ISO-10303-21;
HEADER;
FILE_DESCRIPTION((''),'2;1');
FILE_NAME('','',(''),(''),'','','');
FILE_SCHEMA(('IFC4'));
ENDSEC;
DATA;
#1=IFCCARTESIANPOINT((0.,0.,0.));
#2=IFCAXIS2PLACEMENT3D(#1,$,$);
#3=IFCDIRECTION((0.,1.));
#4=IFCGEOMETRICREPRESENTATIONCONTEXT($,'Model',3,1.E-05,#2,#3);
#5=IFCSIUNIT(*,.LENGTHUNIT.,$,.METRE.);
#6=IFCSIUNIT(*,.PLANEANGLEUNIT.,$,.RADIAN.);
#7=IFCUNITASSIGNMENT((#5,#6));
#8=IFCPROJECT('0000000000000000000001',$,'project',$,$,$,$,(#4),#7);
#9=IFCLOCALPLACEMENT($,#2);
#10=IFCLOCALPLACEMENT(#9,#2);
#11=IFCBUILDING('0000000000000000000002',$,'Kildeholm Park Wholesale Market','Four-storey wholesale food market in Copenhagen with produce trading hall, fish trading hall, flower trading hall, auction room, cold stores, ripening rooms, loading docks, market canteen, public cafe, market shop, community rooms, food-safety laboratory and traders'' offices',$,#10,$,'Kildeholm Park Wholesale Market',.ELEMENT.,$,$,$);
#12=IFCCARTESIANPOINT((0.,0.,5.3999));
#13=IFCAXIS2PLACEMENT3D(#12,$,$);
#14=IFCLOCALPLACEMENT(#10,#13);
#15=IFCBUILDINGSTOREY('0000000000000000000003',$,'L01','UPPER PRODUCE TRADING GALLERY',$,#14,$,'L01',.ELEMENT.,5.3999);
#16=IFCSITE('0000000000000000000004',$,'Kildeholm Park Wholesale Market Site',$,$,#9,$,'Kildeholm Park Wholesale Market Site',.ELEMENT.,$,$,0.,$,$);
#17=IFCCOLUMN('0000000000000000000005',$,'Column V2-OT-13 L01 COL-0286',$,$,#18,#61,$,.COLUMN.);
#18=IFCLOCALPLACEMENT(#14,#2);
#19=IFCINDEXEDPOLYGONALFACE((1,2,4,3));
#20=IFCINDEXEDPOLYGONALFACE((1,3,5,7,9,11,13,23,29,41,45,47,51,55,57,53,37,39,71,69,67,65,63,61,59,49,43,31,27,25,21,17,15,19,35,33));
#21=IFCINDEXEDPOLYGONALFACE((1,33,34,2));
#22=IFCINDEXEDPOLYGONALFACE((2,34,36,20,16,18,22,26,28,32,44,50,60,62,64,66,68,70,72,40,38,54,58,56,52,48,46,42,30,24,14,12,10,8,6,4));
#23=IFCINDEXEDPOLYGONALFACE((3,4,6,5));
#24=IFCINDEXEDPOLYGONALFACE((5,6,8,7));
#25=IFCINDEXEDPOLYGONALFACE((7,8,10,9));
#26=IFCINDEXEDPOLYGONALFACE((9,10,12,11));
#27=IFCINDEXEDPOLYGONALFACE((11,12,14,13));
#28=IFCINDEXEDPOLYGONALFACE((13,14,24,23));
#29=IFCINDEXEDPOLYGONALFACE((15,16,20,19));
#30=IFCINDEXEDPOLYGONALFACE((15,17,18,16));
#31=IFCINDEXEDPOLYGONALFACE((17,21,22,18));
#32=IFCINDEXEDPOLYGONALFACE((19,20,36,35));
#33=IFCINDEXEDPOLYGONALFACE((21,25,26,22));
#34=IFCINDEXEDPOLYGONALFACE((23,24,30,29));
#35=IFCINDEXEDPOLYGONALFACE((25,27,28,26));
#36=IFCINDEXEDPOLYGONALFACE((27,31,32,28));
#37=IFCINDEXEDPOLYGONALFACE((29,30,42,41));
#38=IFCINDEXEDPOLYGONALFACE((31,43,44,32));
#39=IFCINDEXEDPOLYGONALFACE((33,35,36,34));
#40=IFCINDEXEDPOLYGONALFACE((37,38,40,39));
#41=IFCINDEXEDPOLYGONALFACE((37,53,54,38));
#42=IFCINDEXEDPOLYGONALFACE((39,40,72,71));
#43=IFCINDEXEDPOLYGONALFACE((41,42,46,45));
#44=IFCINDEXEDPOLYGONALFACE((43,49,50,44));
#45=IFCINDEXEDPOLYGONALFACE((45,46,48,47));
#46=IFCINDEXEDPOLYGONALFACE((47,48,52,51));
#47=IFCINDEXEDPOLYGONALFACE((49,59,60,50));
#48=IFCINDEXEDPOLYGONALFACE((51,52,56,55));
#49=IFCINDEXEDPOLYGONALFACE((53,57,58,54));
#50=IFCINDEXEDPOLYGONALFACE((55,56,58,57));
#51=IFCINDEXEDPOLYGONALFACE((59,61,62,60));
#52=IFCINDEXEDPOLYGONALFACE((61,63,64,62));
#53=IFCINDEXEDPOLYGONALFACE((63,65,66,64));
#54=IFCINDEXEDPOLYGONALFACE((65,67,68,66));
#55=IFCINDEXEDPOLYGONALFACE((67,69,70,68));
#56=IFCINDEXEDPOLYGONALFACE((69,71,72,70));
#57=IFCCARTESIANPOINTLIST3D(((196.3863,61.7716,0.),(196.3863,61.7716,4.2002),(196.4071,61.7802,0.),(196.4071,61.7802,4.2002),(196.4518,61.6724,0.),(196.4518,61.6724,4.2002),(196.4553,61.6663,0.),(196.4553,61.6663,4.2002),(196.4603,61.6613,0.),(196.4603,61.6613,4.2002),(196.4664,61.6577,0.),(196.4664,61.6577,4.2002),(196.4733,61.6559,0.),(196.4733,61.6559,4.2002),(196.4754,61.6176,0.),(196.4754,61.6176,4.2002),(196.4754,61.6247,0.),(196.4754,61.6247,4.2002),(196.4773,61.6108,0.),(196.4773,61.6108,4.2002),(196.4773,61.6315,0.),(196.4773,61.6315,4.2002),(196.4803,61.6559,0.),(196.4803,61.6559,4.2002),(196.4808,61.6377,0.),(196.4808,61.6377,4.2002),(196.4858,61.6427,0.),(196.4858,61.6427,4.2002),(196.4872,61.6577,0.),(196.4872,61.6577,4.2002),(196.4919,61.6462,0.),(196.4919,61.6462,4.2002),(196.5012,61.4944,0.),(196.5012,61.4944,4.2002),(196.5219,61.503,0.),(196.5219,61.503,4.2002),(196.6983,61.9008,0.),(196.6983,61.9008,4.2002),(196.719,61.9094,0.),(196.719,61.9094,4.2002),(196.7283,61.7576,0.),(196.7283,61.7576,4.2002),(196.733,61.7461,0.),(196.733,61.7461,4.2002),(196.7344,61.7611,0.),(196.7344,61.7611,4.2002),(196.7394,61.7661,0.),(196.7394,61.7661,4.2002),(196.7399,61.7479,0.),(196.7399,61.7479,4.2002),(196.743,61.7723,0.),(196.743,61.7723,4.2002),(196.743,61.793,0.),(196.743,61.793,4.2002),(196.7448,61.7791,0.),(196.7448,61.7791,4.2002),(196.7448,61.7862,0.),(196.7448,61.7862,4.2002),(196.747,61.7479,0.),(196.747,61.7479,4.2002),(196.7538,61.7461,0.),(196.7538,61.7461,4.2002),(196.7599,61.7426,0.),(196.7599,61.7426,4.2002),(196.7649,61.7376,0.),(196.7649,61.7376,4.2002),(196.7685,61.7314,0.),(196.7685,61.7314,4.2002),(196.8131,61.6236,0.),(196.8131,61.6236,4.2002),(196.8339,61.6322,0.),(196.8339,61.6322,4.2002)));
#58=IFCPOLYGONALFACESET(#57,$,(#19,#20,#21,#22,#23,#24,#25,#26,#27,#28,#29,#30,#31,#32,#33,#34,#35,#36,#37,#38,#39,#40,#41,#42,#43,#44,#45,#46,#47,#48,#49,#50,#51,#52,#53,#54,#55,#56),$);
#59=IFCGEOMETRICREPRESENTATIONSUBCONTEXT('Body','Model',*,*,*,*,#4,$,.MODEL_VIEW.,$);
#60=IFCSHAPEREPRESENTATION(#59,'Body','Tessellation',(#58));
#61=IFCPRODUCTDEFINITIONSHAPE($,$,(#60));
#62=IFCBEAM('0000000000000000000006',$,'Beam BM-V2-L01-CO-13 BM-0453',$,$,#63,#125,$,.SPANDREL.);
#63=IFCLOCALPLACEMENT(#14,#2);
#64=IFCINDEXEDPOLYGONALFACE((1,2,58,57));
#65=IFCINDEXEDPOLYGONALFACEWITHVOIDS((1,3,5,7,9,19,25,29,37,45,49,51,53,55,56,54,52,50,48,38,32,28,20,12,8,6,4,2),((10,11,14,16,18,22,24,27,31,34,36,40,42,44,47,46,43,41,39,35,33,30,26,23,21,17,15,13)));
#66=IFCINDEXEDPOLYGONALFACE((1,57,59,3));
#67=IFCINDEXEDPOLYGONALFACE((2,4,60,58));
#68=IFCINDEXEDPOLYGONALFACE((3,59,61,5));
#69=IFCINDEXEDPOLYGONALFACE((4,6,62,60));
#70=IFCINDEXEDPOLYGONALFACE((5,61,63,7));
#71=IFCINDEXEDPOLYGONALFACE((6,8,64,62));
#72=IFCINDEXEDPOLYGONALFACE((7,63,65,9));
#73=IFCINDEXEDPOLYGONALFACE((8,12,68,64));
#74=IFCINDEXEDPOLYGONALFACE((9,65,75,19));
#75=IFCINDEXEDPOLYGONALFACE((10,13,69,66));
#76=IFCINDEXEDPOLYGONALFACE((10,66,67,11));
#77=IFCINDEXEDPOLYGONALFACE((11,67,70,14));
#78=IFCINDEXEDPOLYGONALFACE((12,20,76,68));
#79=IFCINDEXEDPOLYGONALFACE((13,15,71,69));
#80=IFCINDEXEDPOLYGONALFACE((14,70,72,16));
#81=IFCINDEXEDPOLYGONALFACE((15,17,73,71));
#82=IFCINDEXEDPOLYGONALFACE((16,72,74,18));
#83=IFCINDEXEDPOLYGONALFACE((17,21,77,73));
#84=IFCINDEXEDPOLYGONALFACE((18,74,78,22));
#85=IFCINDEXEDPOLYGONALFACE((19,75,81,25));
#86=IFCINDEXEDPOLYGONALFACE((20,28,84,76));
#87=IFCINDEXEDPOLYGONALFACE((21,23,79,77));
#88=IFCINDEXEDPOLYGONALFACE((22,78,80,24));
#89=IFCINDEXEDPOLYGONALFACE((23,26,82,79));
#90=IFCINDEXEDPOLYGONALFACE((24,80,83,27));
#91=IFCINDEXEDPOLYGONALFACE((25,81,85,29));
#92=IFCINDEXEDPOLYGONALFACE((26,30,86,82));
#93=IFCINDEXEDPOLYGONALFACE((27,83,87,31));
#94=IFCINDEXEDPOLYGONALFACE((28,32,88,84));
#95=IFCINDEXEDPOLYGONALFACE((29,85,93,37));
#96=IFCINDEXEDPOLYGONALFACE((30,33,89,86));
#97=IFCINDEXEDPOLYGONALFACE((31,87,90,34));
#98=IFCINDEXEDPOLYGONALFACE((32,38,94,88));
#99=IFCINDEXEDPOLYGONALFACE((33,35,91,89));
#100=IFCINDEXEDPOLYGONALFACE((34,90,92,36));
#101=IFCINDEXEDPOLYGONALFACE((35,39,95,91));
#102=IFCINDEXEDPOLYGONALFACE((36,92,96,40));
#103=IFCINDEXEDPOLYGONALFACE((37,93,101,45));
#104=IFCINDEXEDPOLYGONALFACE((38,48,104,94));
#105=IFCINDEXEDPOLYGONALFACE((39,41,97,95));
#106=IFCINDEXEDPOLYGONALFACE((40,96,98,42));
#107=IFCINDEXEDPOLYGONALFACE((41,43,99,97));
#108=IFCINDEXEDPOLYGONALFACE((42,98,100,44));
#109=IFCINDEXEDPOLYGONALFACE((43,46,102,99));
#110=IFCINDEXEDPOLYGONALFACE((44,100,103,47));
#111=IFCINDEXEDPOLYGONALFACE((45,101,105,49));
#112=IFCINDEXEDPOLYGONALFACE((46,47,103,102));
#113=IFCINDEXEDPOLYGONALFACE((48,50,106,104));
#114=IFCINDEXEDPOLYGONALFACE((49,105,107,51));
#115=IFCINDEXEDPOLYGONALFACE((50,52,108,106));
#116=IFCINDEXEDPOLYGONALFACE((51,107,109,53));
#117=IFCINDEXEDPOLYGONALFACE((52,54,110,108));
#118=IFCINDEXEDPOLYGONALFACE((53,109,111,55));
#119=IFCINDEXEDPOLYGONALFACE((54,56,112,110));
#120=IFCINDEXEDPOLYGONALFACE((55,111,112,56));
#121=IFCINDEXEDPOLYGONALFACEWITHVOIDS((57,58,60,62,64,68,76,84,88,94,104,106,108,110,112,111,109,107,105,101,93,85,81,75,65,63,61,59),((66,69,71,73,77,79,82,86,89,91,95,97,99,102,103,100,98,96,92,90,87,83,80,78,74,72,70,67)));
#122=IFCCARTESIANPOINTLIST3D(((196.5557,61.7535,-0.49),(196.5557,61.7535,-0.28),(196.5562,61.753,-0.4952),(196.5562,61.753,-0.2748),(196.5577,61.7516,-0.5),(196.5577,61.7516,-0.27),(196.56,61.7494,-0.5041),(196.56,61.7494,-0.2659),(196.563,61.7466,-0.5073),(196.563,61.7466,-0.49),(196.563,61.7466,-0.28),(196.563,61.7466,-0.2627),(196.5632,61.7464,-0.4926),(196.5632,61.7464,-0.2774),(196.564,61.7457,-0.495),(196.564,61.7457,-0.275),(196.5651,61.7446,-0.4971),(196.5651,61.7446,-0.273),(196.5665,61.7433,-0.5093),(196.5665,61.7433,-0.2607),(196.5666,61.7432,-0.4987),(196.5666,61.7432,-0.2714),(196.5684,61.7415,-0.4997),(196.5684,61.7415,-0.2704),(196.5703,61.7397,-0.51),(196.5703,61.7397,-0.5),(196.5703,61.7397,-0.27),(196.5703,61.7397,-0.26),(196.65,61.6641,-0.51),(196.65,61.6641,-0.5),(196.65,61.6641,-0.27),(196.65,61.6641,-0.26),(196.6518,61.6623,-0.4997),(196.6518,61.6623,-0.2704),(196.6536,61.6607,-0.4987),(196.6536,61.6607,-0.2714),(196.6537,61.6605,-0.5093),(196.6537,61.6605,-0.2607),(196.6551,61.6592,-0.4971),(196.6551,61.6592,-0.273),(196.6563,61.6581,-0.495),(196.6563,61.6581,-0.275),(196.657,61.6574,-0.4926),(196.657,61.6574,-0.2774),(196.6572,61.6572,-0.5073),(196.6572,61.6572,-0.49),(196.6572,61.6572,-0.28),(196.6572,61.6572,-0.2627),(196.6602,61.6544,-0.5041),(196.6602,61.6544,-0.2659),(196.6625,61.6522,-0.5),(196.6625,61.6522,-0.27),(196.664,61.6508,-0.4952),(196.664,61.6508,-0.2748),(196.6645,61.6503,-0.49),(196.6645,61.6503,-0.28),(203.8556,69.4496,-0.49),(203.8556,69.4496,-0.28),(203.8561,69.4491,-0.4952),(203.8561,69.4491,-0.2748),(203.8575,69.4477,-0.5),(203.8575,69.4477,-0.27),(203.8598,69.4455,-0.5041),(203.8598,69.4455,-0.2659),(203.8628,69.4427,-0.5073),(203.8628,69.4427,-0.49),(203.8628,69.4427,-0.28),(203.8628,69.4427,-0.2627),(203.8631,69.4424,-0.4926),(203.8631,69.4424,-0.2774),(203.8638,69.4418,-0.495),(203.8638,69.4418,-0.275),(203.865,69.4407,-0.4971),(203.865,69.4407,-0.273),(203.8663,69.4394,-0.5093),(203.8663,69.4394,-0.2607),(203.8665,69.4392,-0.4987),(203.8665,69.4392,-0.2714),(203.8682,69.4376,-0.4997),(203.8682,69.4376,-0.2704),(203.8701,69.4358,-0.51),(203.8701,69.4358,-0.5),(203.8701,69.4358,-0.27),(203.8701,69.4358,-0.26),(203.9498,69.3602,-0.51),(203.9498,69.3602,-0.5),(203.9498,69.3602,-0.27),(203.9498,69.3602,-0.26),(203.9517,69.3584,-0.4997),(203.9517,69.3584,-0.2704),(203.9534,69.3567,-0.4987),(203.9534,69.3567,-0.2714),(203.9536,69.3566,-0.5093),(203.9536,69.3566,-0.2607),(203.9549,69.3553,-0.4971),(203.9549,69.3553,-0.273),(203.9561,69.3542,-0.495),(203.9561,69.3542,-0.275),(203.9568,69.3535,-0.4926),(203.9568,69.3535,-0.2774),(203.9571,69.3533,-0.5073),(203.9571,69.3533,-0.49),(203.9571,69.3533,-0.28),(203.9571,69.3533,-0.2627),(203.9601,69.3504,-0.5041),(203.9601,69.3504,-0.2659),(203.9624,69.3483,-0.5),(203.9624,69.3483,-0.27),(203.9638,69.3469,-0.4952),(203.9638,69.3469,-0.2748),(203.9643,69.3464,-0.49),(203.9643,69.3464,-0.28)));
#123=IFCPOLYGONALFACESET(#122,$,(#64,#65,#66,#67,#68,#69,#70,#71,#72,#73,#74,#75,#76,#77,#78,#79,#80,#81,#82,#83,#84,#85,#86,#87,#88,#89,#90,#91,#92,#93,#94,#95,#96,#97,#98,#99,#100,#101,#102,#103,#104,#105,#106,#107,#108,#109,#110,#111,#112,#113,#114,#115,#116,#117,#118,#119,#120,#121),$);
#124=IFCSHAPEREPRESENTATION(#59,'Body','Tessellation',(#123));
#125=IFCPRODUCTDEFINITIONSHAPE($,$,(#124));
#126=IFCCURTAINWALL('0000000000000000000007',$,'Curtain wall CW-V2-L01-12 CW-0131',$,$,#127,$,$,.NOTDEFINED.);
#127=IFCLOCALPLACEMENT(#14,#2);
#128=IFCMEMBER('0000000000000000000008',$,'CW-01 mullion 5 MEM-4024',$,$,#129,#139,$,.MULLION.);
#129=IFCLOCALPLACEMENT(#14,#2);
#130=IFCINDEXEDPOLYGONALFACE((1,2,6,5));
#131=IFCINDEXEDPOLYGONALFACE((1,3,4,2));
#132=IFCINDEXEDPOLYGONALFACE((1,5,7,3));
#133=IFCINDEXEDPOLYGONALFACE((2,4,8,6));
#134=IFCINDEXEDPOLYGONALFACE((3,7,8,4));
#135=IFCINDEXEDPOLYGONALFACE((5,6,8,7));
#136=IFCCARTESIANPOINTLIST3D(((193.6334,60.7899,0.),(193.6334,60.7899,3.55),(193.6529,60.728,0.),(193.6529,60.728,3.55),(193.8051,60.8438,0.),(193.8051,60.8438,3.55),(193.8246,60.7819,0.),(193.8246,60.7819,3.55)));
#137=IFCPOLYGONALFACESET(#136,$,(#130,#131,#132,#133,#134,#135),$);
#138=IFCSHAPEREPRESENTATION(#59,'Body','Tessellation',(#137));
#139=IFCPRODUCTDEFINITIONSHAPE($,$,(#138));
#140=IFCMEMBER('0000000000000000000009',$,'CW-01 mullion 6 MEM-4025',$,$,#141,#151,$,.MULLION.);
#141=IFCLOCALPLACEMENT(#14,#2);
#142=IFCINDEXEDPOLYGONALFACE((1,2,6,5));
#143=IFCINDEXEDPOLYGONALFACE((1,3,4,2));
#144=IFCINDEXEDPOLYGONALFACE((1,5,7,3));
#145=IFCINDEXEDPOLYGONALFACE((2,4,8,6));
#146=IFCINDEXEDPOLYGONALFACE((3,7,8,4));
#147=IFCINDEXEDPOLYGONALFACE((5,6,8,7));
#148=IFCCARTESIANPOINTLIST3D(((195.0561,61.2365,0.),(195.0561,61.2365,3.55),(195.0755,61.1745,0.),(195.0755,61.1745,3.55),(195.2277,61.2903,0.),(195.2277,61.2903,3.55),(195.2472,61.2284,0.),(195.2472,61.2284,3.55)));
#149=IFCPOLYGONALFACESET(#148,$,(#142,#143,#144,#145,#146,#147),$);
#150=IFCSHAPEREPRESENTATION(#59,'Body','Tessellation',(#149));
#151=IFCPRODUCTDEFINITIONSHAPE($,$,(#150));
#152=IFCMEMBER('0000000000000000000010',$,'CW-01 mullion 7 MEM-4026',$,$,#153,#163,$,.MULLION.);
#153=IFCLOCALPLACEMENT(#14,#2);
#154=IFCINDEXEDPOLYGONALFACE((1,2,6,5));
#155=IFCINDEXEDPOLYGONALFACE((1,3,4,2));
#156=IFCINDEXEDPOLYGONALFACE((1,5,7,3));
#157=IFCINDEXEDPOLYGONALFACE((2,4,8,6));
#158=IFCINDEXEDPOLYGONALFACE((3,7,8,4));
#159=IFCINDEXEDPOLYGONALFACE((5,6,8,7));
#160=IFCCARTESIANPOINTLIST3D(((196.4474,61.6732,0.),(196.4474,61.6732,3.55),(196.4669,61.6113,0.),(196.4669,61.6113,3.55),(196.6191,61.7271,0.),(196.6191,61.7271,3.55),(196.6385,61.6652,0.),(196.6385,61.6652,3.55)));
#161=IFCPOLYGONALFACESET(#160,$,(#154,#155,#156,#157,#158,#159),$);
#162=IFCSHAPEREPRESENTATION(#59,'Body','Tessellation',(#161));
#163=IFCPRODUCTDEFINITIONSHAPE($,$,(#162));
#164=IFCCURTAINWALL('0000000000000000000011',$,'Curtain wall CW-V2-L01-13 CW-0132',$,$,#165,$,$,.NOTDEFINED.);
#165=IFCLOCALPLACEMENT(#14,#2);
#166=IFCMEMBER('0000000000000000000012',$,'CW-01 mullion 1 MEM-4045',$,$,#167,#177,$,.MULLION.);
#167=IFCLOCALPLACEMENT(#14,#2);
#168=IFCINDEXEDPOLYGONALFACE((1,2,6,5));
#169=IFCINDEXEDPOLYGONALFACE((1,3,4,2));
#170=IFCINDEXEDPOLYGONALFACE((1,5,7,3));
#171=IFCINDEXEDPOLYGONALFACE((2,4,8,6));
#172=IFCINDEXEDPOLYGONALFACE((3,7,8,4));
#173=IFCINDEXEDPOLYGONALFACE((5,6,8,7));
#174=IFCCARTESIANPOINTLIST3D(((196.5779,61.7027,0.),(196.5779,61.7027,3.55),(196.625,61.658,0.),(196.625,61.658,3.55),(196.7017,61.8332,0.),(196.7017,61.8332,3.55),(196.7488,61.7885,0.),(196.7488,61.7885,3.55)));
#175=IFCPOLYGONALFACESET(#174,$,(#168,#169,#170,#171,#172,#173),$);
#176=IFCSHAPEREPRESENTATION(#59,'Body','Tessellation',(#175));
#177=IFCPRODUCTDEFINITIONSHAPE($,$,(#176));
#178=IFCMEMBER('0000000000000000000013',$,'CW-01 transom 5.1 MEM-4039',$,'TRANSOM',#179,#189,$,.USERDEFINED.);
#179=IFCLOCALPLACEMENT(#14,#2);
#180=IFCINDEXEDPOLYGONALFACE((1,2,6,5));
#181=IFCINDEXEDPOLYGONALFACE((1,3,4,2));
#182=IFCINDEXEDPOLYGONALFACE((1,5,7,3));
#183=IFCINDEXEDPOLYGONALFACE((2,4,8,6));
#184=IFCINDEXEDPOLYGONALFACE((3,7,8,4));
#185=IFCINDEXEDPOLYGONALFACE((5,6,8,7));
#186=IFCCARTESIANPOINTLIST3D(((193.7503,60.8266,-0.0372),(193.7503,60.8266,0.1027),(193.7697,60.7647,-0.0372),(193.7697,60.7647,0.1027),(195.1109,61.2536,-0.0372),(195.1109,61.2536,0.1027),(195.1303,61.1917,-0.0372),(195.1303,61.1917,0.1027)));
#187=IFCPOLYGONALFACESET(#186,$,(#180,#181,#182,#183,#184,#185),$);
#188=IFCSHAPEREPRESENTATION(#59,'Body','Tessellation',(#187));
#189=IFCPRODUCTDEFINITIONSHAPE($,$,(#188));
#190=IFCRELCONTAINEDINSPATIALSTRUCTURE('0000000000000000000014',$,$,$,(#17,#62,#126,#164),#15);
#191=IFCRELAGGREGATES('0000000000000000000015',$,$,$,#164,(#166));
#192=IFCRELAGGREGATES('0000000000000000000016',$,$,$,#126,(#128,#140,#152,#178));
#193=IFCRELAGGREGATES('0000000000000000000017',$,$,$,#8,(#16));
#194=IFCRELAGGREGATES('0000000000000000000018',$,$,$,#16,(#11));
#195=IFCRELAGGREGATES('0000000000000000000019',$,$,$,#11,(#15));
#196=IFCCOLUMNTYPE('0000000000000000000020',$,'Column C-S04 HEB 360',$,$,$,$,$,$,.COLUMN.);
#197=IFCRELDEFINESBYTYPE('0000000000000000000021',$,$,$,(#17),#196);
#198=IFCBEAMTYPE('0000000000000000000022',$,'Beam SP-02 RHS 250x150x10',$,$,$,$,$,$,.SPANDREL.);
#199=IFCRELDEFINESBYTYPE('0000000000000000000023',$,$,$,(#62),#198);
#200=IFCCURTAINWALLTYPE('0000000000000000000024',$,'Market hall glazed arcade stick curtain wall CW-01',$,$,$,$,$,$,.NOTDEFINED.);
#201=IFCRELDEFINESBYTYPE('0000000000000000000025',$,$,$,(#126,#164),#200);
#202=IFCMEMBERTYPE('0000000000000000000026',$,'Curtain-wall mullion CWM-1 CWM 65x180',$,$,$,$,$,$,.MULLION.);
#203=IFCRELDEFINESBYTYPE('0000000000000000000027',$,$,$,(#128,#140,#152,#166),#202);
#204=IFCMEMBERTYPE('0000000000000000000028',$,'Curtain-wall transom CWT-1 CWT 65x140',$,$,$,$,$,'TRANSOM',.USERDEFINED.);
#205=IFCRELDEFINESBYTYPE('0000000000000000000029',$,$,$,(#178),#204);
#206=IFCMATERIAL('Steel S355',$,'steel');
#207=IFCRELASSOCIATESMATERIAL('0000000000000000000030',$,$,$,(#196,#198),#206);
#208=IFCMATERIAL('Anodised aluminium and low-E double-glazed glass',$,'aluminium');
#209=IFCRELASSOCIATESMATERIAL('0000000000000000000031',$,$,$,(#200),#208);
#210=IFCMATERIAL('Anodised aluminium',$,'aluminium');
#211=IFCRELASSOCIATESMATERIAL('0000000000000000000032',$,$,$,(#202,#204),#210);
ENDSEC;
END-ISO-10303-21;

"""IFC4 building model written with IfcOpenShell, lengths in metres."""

from ifc_helpers import new_model, si_unit, direction, frame, origin, origin_2d, place, context, subcontext, project, spatial, rectangle, hollow_rectangle, i_section, extrude, material, material_profile, profile_set, type_object, element, aggregate, save


model = new_model("IFC4")

# Units and contexts
model_context = context("Model", 3, precision=1e-05, world=origin(), true_north=direction((0.0, 1.0)))
body_context = subcontext(model_context, "Body", "Model", "MODEL_VIEW")
ifc_project = project(units=[si_unit("LENGTHUNIT", "METRE"), si_unit("PLANEANGLEUNIT", "RADIAN")], contexts=[model_context])

# Site, building, storey
site_placement = place(None, origin())
site = spatial("IfcSite", under=ifc_project, at=site_placement, Name="Kildeholm Park Wholesale Market Site", LongName="Kildeholm Park Wholesale Market Site", CompositionType="ELEMENT", RefElevation=0.0)
building_placement = place(site_placement, origin())
building = spatial("IfcBuilding", under=site, at=building_placement, Name="Kildeholm Park Wholesale Market", Description="Four-storey wholesale food market in Copenhagen with produce trading hall, fish trading hall, flower trading hall, auction room, cold stores, ripening rooms, loading docks, market canteen, public cafe, market shop, community rooms, food-safety laboratory and traders' offices", LongName="Kildeholm Park Wholesale Market", CompositionType="ELEMENT")
storey_placement = place(building_placement, frame((0.0, 0.0, 5.3999)))
storey = spatial("IfcBuildingStorey", under=building, at=storey_placement, Name="L01", Description="UPPER PRODUCE TRADING GALLERY", LongName="L01", CompositionType="ELEMENT", Elevation=5.3999)

# Column
ifc_material_1 = material(Name="Steel S355", Category="steel")
ifc_material_profile_1 = material_profile(ifc_material_1, i_section(OverallWidth=0.3, OverallDepth=0.3601, WebThickness=0.0125, FlangeThickness=0.0225, FilletRadius=0.0271, at=origin_2d()), Name="HEB 360")
ifc_profile_set_1 = profile_set([ifc_material_profile_1], Name="Steel S355")
column_type = type_object("IfcColumnType", Name="Column C-S04 HEB 360", PredefinedType="COLUMN", material=ifc_profile_set_1)
column_placement = place(storey_placement, frame((196.6101, 61.7019, 0.0), z_axis=(0.0, 0.0, 1.0), x_axis=(0.382683, -0.92388, 0.0)))
element("IfcColumn", 1, at=column_placement, inside=storey, type_object=column_type, Name="Column V2-OT-13 L01 COL-0286", PredefinedType="COLUMN", context=body_context, shape_type="SweptSolid", body=[
    extrude(i_section(OverallWidth=0.3, OverallDepth=0.3601, WebThickness=0.0125, FlangeThickness=0.0225, FilletRadius=0.0271, at=origin_2d()), origin(), (0.0, 0.0, 1.0), 4.2002),
])

# Beam
ifc_material_profile_2 = material_profile(ifc_material_1, hollow_rectangle(XDim=0.1499, YDim=0.25, WallThickness=0.01, InnerFilletRadius=0.01, OuterFilletRadius=0.02, at=origin_2d()), Name="RHS 250x150x10")
ifc_profile_set_2 = profile_set([ifc_material_profile_2], Name="Steel S355")
beam_type = type_object("IfcBeamType", Name="Beam SP-02 RHS 250x150x10", PredefinedType="SPANDREL", material=ifc_profile_set_2)
beam_placement = place(storey_placement, frame((196.6101, 61.7019, -0.385), z_axis=(0.688182, 0.725538, 0.0), x_axis=(-0.725538, 0.688182, 0.0)))
element("IfcBeam", 2, at=beam_placement, inside=storey, type_object=beam_type, Name="Beam BM-V2-L01-CO-13 BM-0453", PredefinedType="SPANDREL", context=body_context, shape_type="SweptSolid", body=[
    extrude(hollow_rectangle(XDim=0.1499, YDim=0.25, WallThickness=0.01, InnerFilletRadius=0.01, OuterFilletRadius=0.02, at=origin_2d()), origin(), (0.0, 0.0, 1.0), 10.6074),
])

# Curtain wall, members
ifc_material_2 = material(Name="Anodised aluminium and low-E double-glazed glass", Category="aluminium")
curtain_wall_type = type_object("IfcCurtainWallType", Name="Market hall glazed arcade stick curtain wall CW-01", PredefinedType="NOTDEFINED", material=ifc_material_2)
curtain_wall_1_placement = place(storey_placement, origin())
curtain_wall_1 = element("IfcCurtainWall", 3, at=curtain_wall_1_placement, inside=storey, type_object=curtain_wall_type, Name="Curtain wall CW-V2-L01-12 CW-0131", PredefinedType="NOTDEFINED")
ifc_material_3 = material(Name="Anodised aluminium", Category="aluminium")
ifc_material_profile_3 = material_profile(ifc_material_3, rectangle(XDim=0.0649, YDim=0.1799, at=origin_2d()), Name="CWM 65x180")
ifc_profile_set_3 = profile_set([ifc_material_profile_3], Name="Anodised aluminium")
member_type_1 = type_object("IfcMemberType", Name="Curtain-wall mullion CWM-1 CWM 65x180", PredefinedType="MULLION", material=ifc_profile_set_3)
member_1_placement = place(storey_placement, frame((193.729, 60.7859, 0.0), z_axis=(0.0, 0.0, 1.0), x_axis=(-0.299478, 0.954103, 0.0)))
member_1 = element("IfcMember", 4, at=member_1_placement, type_object=member_type_1, Name="CW-01 mullion 5 MEM-4024", PredefinedType="MULLION", context=body_context, shape_type="SweptSolid", body=[
    extrude(rectangle(XDim=0.0649, YDim=0.1799, at=origin_2d()), origin(), (0.0, 0.0, 1.0), 3.55),
])
member_2_placement = place(storey_placement, frame((195.1516, 61.2324, 0.0), z_axis=(0.0, 0.0, 1.0), x_axis=(-0.299478, 0.954103, 0.0)))
member_2 = element("IfcMember", 5, at=member_2_placement, type_object=member_type_1, Name="CW-01 mullion 6 MEM-4025", PredefinedType="MULLION", context=body_context, shape_type="SweptSolid", body=[
    extrude(rectangle(XDim=0.0649, YDim=0.1799, at=origin_2d()), origin(), (0.0, 0.0, 1.0), 3.55),
])
member_3_placement = place(storey_placement, frame((196.543, 61.6692, 0.0), z_axis=(0.0, 0.0, 1.0), x_axis=(-0.299478, 0.954103, 0.0)))
member_3 = element("IfcMember", 6, at=member_3_placement, type_object=member_type_1, Name="CW-01 mullion 7 MEM-4026", PredefinedType="MULLION", context=body_context, shape_type="SweptSolid", body=[
    extrude(rectangle(XDim=0.0649, YDim=0.1799, at=origin_2d()), origin(), (0.0, 0.0, 1.0), 3.55),
])

# Curtain wall, member
curtain_wall_2_placement = place(storey_placement, origin())
curtain_wall_2 = element("IfcCurtainWall", 7, at=curtain_wall_2_placement, inside=storey, type_object=curtain_wall_type, Name="Curtain wall CW-V2-L01-13 CW-0132", PredefinedType="NOTDEFINED")
member_4_placement = place(storey_placement, frame((196.6633, 61.7456, 0.0), z_axis=(0.0, 0.0, 1.0), x_axis=(-0.725571, 0.688148, 0.0)))
member_4 = element("IfcMember", 8, at=member_4_placement, type_object=member_type_1, Name="CW-01 mullion 1 MEM-4045", PredefinedType="MULLION", context=body_context, shape_type="SweptSolid", body=[
    extrude(rectangle(XDim=0.0649, YDim=0.1799, at=origin_2d()), origin(), (0.0, 0.0, 1.0), 3.55),
])

# Member
ifc_material_profile_4 = material_profile(ifc_material_3, rectangle(XDim=0.0649, YDim=0.1399, at=origin_2d()), Name="CWT 65x140")
ifc_profile_set_4 = profile_set([ifc_material_profile_4], Name="Anodised aluminium")
member_type_2 = type_object("IfcMemberType", Name="Curtain-wall transom CWT-1 CWT 65x140", ElementType="TRANSOM", PredefinedType="USERDEFINED", material=ifc_profile_set_4)
member_5_placement = place(storey_placement, frame((193.76, 60.7957, 0.0327), z_axis=(0.954117, 0.299435, 0.0), x_axis=(-0.299435, 0.954117, 0.0)))
member_5 = element("IfcMember", 9, at=member_5_placement, type_object=member_type_2, Name="CW-01 transom 5.1 MEM-4039", ObjectType="TRANSOM", PredefinedType="USERDEFINED", context=body_context, shape_type="SweptSolid", body=[
    extrude(rectangle(XDim=0.0649, YDim=0.1399, at=origin_2d()), origin(), (0.0, 0.0, 1.0), 1.426),
])
aggregate(curtain_wall_2, [member_4])

aggregate(curtain_wall_1, [member_1, member_2, member_3, member_5])

save(model, "model.ifc")
